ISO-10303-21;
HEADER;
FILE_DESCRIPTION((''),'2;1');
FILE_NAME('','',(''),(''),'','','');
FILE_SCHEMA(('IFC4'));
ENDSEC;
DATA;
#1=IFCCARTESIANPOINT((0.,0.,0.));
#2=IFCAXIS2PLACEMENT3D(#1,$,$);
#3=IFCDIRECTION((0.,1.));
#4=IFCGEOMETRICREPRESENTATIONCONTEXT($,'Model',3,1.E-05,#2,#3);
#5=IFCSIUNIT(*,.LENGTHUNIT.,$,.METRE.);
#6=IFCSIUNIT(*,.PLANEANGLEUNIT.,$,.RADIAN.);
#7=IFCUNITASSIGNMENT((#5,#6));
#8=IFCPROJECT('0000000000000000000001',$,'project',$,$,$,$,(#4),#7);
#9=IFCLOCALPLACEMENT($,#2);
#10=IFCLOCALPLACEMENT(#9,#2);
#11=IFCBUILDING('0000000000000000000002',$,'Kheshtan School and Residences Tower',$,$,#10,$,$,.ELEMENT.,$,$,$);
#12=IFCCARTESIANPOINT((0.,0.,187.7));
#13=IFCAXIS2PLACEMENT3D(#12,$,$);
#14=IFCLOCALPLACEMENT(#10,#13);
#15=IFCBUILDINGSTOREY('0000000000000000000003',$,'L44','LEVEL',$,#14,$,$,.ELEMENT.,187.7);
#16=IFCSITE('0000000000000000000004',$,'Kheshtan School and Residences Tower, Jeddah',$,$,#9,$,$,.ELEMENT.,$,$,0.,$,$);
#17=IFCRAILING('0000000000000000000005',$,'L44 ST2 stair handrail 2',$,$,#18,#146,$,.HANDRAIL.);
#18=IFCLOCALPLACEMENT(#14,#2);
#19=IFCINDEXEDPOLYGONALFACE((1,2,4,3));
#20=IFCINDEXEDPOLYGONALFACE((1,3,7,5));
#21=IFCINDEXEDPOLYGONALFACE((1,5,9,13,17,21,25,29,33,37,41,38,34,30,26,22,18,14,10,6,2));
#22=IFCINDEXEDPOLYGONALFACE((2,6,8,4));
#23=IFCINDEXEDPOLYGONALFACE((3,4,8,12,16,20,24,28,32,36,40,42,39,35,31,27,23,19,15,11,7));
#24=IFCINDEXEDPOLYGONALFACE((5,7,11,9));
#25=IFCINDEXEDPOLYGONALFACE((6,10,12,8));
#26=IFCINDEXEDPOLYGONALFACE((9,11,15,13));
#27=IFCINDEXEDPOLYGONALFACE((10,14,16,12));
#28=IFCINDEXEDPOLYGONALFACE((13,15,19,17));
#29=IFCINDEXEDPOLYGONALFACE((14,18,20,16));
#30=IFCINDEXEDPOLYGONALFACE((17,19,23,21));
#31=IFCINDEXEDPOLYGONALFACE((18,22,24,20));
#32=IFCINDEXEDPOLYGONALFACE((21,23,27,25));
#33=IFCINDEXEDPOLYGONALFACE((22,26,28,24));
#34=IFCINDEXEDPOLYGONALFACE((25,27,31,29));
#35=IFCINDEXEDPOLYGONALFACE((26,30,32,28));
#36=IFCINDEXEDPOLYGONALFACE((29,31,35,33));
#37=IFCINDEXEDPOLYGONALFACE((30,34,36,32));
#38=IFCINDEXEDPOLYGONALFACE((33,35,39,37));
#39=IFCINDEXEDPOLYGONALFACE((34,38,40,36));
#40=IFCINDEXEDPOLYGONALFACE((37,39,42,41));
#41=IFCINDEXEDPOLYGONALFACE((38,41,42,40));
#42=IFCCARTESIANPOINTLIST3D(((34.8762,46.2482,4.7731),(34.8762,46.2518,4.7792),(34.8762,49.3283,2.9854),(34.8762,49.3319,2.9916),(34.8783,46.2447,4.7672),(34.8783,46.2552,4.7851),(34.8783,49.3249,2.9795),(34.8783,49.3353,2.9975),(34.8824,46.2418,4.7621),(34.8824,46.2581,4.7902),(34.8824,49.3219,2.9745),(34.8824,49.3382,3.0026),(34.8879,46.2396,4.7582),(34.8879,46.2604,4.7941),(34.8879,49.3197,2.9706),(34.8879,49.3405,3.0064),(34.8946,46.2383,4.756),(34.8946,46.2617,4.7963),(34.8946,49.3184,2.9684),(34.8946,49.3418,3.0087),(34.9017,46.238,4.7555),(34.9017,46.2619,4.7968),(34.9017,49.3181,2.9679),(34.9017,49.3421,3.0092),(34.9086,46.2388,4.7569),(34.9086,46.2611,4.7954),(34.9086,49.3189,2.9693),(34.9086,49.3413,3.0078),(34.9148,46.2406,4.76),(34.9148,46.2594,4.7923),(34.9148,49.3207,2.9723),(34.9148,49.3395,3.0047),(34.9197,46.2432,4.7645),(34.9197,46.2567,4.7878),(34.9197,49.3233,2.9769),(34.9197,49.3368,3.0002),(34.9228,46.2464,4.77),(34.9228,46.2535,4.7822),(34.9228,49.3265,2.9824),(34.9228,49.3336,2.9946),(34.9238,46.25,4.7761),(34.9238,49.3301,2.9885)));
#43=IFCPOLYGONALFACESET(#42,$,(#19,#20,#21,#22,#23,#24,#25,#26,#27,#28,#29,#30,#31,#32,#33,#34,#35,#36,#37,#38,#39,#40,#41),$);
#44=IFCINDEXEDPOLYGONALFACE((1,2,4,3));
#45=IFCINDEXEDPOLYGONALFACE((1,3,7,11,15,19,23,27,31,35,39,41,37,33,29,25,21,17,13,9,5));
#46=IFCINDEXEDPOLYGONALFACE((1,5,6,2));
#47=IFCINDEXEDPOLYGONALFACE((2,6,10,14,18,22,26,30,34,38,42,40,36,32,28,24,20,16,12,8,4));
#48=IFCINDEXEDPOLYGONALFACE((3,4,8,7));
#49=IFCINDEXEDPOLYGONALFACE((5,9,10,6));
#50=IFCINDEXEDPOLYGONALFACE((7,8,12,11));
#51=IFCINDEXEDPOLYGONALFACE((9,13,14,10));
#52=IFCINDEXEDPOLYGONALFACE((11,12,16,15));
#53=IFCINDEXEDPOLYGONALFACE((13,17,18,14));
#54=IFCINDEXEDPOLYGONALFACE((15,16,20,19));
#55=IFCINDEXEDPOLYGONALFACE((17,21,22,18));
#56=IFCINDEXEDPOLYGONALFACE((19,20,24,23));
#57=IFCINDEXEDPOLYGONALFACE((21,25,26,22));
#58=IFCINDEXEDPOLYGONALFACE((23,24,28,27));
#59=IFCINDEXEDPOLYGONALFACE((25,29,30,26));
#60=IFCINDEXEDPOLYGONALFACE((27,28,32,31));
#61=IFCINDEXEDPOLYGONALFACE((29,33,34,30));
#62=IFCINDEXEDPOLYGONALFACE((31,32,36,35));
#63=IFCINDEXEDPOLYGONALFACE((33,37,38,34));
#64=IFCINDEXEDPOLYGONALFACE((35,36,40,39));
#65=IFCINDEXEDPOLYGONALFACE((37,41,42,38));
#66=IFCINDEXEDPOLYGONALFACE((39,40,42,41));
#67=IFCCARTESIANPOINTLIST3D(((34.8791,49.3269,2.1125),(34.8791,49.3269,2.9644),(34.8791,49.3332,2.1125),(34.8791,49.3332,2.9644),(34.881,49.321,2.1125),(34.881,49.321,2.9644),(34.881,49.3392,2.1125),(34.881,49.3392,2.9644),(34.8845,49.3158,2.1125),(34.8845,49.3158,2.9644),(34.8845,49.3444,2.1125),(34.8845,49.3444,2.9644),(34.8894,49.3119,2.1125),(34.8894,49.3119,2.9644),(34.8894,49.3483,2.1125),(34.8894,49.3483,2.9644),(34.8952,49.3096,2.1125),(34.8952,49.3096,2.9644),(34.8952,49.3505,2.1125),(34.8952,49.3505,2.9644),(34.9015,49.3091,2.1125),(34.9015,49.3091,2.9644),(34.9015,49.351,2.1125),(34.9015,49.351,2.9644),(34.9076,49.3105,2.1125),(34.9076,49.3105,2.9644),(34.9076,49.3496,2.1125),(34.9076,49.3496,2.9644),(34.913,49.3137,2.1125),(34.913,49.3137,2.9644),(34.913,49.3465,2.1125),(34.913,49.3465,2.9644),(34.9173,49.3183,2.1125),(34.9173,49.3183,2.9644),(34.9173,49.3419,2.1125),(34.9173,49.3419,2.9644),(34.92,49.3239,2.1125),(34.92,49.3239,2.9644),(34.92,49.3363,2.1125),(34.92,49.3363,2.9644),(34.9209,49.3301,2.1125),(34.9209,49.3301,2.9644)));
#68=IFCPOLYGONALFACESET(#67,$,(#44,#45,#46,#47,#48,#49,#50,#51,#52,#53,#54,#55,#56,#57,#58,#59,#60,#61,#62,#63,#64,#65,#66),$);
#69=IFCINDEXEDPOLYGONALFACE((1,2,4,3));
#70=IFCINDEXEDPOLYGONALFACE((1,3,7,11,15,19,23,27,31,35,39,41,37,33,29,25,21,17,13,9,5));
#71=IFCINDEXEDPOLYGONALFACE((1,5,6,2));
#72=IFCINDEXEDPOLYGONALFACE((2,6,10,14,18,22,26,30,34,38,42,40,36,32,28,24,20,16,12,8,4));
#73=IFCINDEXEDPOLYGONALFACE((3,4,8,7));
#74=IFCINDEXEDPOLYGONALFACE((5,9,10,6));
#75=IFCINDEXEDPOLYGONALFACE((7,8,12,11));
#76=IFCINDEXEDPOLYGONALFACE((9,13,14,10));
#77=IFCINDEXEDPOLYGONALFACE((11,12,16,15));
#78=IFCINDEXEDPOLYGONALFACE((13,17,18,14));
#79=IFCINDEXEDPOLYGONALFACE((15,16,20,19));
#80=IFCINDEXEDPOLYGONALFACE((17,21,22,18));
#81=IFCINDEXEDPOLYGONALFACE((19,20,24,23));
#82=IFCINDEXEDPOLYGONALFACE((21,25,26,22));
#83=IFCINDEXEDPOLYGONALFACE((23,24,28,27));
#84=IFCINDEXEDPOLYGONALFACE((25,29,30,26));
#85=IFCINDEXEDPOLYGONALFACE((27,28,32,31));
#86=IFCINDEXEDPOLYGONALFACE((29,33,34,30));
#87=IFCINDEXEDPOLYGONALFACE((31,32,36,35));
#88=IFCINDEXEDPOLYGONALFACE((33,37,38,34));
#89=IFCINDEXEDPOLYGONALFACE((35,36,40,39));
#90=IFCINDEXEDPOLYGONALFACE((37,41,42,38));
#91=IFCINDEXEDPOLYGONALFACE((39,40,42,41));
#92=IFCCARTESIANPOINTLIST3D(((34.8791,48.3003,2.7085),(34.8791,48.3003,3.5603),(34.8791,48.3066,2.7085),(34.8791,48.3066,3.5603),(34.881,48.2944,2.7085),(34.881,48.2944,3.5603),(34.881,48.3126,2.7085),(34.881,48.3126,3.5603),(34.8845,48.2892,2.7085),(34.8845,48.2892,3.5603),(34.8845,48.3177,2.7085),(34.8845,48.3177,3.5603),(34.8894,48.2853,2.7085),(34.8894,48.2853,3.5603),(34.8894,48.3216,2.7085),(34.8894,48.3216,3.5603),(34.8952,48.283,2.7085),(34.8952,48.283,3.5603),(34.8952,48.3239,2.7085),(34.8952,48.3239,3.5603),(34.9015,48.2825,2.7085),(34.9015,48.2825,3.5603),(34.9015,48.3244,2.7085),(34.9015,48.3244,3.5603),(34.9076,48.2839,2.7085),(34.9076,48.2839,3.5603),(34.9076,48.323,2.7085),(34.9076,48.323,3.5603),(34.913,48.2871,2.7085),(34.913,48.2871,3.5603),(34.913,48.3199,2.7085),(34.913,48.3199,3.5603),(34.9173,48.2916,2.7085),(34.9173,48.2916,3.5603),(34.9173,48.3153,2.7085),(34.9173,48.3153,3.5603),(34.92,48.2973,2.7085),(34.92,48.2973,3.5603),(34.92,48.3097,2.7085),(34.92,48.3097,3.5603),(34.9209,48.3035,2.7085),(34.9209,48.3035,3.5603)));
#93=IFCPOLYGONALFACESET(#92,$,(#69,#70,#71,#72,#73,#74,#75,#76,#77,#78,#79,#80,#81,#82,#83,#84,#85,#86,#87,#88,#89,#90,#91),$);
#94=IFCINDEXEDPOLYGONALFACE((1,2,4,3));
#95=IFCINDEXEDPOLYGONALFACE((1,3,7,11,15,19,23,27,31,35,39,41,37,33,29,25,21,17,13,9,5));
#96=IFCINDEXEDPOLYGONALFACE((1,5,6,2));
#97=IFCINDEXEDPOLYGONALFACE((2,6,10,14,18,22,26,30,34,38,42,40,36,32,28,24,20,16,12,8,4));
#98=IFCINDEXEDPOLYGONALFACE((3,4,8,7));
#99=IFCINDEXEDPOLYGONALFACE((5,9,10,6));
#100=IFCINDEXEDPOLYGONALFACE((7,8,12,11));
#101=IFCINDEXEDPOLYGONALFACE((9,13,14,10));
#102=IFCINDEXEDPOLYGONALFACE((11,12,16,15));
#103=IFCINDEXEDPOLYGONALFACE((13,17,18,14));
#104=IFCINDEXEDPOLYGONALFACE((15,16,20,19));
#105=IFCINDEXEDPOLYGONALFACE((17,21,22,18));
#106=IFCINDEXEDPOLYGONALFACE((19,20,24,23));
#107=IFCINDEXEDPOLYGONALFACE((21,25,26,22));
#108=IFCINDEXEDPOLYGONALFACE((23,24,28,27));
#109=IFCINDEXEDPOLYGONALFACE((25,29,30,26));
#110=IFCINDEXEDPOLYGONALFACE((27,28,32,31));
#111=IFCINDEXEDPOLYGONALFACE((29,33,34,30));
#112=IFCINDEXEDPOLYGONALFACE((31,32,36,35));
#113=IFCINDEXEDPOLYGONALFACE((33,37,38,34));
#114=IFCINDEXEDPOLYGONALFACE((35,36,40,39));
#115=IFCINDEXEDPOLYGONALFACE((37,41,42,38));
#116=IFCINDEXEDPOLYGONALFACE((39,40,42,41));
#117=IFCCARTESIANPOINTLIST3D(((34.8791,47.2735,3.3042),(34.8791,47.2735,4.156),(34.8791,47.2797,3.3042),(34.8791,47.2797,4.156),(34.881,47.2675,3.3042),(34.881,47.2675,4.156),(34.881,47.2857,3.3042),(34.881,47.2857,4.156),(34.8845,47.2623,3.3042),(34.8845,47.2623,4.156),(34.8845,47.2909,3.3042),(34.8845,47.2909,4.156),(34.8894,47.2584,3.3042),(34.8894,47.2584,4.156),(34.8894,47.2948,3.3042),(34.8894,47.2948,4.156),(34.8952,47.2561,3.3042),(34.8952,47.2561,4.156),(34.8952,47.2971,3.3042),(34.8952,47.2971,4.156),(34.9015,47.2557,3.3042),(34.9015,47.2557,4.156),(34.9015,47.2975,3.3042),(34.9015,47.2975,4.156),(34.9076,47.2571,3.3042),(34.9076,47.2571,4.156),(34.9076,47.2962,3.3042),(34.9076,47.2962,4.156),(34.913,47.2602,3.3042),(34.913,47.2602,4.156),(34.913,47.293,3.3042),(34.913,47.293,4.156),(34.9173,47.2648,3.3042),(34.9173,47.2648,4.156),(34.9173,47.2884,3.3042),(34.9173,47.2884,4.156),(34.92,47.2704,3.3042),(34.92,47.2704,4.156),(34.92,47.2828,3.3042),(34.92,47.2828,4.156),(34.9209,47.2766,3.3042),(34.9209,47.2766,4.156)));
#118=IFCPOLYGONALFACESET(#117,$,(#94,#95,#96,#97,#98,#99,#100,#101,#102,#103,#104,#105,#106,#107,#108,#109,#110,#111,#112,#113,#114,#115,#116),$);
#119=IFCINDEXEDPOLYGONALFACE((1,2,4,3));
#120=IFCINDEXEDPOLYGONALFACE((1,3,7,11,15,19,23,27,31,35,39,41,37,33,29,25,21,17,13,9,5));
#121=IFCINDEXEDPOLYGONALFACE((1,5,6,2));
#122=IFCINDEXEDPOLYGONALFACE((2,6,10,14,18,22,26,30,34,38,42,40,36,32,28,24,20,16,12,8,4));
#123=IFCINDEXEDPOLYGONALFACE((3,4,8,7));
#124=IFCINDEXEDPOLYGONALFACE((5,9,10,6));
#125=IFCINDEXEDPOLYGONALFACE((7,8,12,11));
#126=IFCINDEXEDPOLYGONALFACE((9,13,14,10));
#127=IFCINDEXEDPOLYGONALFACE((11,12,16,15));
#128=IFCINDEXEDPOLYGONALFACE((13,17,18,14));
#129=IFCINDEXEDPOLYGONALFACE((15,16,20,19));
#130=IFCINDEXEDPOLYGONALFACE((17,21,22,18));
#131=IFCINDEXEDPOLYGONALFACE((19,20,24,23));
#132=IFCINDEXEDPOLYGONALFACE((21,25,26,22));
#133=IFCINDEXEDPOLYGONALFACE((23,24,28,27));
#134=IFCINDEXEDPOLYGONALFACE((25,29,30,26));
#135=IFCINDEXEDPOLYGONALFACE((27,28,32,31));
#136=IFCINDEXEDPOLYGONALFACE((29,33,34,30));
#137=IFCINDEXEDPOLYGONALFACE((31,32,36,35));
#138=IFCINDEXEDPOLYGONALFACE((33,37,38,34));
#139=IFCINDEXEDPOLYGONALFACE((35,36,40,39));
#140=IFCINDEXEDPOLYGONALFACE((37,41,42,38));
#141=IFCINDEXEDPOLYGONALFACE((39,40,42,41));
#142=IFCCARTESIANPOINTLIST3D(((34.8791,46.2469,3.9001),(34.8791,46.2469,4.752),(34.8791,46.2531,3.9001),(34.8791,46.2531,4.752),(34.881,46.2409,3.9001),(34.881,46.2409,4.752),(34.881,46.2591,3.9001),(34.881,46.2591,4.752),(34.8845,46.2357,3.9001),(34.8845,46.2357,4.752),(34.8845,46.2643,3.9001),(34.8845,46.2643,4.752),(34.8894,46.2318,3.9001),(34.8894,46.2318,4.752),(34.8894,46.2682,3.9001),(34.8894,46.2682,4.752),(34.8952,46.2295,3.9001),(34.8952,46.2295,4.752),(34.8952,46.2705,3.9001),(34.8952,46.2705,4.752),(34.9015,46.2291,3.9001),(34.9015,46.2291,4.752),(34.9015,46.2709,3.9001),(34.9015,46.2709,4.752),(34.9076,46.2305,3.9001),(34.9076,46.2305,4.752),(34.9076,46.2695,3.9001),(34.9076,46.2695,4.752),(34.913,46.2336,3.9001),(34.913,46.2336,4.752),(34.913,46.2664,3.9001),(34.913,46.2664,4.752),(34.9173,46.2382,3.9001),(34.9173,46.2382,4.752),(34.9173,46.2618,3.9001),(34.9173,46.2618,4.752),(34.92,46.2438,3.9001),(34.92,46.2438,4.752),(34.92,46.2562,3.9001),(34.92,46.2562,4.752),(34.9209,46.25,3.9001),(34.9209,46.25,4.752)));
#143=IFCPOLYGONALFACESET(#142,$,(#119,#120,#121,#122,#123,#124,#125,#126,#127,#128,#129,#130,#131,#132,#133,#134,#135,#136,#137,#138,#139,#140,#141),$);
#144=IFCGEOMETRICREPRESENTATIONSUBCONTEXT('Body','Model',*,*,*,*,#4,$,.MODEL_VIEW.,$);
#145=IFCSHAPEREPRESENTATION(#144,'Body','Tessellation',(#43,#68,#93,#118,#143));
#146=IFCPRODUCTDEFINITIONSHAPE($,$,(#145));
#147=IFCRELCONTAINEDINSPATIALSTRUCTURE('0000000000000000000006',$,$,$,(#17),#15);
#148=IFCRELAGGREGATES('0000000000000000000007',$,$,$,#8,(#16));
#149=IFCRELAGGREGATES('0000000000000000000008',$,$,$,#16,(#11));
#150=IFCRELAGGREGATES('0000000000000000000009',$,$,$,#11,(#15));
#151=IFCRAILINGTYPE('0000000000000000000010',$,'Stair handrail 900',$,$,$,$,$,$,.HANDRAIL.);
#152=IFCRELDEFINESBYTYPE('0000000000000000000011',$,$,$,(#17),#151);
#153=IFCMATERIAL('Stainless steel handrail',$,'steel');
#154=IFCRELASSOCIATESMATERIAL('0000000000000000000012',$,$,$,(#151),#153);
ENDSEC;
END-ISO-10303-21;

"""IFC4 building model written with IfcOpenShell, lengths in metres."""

from ifc_helpers import new_model, si_unit, direction, frame, origin, origin_2d, place, context, subcontext, project, spatial, circle, extrude, material, type_object, element, save


model = new_model("IFC4")

# Units and contexts
model_context = context("Model", 3, precision=1e-05, world=origin(), true_north=direction((0.0, 1.0)))
body_context = subcontext(model_context, "Body", "Model", "MODEL_VIEW")
ifc_project = project(units=[si_unit("LENGTHUNIT", "METRE"), si_unit("PLANEANGLEUNIT", "RADIAN")], contexts=[model_context])

# Site, building, storey
site_placement = place(None, origin())
site = spatial("IfcSite", under=ifc_project, at=site_placement, Name="Kheshtan School and Residences Tower, Jeddah", CompositionType="ELEMENT", RefElevation=0.0)
building_placement = place(site_placement, origin())
building = spatial("IfcBuilding", under=site, at=building_placement, Name="Kheshtan School and Residences Tower", CompositionType="ELEMENT")
storey_placement = place(building_placement, frame((0.0, 0.0, 187.7)))
storey = spatial("IfcBuildingStorey", under=building, at=storey_placement, Name="L44", Description="LEVEL", CompositionType="ELEMENT", Elevation=187.7)

# Railing
ifc_material_1 = material(Name="Stainless steel handrail", Category="steel")
railing_type_1 = type_object("IfcRailingType", Name="Stair handrail 900", PredefinedType="HANDRAIL", material=ifc_material_1)
railing_1_placement = place(storey_placement, frame((34.8999, 49.3301, 2.1125)))
element("IfcRailing", 1, at=railing_1_placement, inside=storey, type_object=railing_type_1, Name="L44 ST2 stair handrail 2", PredefinedType="HANDRAIL", context=body_context, shape_type="SweptSolid", body=[
    extrude(circle(Radius=0.0239, at=origin_2d()), frame((0.0, 0.0, 0.876), z_axis=(0.0, -0.864891, 0.50196), x_axis=(1.0, 0.0, 0.0)), (0.0, 0.0, 1.0), 3.5613),
    extrude(circle(Radius=0.021, at=origin_2d()), origin(), (0.0, 0.0, 1.0), 0.8518),
    extrude(circle(Radius=0.021, at=origin_2d()), frame((0.0, -1.0266, 0.5959)), (0.0, 0.0, 1.0), 0.8518),
    extrude(circle(Radius=0.021, at=origin_2d()), frame((0.0, -2.0535, 1.1917)), (0.0, 0.0, 1.0), 0.8518),
    extrude(circle(Radius=0.021, at=origin_2d()), frame((0.0, -3.0801, 1.7876)), (0.0, 0.0, 1.0), 0.8518),
])

save(model, "model.ifc")
